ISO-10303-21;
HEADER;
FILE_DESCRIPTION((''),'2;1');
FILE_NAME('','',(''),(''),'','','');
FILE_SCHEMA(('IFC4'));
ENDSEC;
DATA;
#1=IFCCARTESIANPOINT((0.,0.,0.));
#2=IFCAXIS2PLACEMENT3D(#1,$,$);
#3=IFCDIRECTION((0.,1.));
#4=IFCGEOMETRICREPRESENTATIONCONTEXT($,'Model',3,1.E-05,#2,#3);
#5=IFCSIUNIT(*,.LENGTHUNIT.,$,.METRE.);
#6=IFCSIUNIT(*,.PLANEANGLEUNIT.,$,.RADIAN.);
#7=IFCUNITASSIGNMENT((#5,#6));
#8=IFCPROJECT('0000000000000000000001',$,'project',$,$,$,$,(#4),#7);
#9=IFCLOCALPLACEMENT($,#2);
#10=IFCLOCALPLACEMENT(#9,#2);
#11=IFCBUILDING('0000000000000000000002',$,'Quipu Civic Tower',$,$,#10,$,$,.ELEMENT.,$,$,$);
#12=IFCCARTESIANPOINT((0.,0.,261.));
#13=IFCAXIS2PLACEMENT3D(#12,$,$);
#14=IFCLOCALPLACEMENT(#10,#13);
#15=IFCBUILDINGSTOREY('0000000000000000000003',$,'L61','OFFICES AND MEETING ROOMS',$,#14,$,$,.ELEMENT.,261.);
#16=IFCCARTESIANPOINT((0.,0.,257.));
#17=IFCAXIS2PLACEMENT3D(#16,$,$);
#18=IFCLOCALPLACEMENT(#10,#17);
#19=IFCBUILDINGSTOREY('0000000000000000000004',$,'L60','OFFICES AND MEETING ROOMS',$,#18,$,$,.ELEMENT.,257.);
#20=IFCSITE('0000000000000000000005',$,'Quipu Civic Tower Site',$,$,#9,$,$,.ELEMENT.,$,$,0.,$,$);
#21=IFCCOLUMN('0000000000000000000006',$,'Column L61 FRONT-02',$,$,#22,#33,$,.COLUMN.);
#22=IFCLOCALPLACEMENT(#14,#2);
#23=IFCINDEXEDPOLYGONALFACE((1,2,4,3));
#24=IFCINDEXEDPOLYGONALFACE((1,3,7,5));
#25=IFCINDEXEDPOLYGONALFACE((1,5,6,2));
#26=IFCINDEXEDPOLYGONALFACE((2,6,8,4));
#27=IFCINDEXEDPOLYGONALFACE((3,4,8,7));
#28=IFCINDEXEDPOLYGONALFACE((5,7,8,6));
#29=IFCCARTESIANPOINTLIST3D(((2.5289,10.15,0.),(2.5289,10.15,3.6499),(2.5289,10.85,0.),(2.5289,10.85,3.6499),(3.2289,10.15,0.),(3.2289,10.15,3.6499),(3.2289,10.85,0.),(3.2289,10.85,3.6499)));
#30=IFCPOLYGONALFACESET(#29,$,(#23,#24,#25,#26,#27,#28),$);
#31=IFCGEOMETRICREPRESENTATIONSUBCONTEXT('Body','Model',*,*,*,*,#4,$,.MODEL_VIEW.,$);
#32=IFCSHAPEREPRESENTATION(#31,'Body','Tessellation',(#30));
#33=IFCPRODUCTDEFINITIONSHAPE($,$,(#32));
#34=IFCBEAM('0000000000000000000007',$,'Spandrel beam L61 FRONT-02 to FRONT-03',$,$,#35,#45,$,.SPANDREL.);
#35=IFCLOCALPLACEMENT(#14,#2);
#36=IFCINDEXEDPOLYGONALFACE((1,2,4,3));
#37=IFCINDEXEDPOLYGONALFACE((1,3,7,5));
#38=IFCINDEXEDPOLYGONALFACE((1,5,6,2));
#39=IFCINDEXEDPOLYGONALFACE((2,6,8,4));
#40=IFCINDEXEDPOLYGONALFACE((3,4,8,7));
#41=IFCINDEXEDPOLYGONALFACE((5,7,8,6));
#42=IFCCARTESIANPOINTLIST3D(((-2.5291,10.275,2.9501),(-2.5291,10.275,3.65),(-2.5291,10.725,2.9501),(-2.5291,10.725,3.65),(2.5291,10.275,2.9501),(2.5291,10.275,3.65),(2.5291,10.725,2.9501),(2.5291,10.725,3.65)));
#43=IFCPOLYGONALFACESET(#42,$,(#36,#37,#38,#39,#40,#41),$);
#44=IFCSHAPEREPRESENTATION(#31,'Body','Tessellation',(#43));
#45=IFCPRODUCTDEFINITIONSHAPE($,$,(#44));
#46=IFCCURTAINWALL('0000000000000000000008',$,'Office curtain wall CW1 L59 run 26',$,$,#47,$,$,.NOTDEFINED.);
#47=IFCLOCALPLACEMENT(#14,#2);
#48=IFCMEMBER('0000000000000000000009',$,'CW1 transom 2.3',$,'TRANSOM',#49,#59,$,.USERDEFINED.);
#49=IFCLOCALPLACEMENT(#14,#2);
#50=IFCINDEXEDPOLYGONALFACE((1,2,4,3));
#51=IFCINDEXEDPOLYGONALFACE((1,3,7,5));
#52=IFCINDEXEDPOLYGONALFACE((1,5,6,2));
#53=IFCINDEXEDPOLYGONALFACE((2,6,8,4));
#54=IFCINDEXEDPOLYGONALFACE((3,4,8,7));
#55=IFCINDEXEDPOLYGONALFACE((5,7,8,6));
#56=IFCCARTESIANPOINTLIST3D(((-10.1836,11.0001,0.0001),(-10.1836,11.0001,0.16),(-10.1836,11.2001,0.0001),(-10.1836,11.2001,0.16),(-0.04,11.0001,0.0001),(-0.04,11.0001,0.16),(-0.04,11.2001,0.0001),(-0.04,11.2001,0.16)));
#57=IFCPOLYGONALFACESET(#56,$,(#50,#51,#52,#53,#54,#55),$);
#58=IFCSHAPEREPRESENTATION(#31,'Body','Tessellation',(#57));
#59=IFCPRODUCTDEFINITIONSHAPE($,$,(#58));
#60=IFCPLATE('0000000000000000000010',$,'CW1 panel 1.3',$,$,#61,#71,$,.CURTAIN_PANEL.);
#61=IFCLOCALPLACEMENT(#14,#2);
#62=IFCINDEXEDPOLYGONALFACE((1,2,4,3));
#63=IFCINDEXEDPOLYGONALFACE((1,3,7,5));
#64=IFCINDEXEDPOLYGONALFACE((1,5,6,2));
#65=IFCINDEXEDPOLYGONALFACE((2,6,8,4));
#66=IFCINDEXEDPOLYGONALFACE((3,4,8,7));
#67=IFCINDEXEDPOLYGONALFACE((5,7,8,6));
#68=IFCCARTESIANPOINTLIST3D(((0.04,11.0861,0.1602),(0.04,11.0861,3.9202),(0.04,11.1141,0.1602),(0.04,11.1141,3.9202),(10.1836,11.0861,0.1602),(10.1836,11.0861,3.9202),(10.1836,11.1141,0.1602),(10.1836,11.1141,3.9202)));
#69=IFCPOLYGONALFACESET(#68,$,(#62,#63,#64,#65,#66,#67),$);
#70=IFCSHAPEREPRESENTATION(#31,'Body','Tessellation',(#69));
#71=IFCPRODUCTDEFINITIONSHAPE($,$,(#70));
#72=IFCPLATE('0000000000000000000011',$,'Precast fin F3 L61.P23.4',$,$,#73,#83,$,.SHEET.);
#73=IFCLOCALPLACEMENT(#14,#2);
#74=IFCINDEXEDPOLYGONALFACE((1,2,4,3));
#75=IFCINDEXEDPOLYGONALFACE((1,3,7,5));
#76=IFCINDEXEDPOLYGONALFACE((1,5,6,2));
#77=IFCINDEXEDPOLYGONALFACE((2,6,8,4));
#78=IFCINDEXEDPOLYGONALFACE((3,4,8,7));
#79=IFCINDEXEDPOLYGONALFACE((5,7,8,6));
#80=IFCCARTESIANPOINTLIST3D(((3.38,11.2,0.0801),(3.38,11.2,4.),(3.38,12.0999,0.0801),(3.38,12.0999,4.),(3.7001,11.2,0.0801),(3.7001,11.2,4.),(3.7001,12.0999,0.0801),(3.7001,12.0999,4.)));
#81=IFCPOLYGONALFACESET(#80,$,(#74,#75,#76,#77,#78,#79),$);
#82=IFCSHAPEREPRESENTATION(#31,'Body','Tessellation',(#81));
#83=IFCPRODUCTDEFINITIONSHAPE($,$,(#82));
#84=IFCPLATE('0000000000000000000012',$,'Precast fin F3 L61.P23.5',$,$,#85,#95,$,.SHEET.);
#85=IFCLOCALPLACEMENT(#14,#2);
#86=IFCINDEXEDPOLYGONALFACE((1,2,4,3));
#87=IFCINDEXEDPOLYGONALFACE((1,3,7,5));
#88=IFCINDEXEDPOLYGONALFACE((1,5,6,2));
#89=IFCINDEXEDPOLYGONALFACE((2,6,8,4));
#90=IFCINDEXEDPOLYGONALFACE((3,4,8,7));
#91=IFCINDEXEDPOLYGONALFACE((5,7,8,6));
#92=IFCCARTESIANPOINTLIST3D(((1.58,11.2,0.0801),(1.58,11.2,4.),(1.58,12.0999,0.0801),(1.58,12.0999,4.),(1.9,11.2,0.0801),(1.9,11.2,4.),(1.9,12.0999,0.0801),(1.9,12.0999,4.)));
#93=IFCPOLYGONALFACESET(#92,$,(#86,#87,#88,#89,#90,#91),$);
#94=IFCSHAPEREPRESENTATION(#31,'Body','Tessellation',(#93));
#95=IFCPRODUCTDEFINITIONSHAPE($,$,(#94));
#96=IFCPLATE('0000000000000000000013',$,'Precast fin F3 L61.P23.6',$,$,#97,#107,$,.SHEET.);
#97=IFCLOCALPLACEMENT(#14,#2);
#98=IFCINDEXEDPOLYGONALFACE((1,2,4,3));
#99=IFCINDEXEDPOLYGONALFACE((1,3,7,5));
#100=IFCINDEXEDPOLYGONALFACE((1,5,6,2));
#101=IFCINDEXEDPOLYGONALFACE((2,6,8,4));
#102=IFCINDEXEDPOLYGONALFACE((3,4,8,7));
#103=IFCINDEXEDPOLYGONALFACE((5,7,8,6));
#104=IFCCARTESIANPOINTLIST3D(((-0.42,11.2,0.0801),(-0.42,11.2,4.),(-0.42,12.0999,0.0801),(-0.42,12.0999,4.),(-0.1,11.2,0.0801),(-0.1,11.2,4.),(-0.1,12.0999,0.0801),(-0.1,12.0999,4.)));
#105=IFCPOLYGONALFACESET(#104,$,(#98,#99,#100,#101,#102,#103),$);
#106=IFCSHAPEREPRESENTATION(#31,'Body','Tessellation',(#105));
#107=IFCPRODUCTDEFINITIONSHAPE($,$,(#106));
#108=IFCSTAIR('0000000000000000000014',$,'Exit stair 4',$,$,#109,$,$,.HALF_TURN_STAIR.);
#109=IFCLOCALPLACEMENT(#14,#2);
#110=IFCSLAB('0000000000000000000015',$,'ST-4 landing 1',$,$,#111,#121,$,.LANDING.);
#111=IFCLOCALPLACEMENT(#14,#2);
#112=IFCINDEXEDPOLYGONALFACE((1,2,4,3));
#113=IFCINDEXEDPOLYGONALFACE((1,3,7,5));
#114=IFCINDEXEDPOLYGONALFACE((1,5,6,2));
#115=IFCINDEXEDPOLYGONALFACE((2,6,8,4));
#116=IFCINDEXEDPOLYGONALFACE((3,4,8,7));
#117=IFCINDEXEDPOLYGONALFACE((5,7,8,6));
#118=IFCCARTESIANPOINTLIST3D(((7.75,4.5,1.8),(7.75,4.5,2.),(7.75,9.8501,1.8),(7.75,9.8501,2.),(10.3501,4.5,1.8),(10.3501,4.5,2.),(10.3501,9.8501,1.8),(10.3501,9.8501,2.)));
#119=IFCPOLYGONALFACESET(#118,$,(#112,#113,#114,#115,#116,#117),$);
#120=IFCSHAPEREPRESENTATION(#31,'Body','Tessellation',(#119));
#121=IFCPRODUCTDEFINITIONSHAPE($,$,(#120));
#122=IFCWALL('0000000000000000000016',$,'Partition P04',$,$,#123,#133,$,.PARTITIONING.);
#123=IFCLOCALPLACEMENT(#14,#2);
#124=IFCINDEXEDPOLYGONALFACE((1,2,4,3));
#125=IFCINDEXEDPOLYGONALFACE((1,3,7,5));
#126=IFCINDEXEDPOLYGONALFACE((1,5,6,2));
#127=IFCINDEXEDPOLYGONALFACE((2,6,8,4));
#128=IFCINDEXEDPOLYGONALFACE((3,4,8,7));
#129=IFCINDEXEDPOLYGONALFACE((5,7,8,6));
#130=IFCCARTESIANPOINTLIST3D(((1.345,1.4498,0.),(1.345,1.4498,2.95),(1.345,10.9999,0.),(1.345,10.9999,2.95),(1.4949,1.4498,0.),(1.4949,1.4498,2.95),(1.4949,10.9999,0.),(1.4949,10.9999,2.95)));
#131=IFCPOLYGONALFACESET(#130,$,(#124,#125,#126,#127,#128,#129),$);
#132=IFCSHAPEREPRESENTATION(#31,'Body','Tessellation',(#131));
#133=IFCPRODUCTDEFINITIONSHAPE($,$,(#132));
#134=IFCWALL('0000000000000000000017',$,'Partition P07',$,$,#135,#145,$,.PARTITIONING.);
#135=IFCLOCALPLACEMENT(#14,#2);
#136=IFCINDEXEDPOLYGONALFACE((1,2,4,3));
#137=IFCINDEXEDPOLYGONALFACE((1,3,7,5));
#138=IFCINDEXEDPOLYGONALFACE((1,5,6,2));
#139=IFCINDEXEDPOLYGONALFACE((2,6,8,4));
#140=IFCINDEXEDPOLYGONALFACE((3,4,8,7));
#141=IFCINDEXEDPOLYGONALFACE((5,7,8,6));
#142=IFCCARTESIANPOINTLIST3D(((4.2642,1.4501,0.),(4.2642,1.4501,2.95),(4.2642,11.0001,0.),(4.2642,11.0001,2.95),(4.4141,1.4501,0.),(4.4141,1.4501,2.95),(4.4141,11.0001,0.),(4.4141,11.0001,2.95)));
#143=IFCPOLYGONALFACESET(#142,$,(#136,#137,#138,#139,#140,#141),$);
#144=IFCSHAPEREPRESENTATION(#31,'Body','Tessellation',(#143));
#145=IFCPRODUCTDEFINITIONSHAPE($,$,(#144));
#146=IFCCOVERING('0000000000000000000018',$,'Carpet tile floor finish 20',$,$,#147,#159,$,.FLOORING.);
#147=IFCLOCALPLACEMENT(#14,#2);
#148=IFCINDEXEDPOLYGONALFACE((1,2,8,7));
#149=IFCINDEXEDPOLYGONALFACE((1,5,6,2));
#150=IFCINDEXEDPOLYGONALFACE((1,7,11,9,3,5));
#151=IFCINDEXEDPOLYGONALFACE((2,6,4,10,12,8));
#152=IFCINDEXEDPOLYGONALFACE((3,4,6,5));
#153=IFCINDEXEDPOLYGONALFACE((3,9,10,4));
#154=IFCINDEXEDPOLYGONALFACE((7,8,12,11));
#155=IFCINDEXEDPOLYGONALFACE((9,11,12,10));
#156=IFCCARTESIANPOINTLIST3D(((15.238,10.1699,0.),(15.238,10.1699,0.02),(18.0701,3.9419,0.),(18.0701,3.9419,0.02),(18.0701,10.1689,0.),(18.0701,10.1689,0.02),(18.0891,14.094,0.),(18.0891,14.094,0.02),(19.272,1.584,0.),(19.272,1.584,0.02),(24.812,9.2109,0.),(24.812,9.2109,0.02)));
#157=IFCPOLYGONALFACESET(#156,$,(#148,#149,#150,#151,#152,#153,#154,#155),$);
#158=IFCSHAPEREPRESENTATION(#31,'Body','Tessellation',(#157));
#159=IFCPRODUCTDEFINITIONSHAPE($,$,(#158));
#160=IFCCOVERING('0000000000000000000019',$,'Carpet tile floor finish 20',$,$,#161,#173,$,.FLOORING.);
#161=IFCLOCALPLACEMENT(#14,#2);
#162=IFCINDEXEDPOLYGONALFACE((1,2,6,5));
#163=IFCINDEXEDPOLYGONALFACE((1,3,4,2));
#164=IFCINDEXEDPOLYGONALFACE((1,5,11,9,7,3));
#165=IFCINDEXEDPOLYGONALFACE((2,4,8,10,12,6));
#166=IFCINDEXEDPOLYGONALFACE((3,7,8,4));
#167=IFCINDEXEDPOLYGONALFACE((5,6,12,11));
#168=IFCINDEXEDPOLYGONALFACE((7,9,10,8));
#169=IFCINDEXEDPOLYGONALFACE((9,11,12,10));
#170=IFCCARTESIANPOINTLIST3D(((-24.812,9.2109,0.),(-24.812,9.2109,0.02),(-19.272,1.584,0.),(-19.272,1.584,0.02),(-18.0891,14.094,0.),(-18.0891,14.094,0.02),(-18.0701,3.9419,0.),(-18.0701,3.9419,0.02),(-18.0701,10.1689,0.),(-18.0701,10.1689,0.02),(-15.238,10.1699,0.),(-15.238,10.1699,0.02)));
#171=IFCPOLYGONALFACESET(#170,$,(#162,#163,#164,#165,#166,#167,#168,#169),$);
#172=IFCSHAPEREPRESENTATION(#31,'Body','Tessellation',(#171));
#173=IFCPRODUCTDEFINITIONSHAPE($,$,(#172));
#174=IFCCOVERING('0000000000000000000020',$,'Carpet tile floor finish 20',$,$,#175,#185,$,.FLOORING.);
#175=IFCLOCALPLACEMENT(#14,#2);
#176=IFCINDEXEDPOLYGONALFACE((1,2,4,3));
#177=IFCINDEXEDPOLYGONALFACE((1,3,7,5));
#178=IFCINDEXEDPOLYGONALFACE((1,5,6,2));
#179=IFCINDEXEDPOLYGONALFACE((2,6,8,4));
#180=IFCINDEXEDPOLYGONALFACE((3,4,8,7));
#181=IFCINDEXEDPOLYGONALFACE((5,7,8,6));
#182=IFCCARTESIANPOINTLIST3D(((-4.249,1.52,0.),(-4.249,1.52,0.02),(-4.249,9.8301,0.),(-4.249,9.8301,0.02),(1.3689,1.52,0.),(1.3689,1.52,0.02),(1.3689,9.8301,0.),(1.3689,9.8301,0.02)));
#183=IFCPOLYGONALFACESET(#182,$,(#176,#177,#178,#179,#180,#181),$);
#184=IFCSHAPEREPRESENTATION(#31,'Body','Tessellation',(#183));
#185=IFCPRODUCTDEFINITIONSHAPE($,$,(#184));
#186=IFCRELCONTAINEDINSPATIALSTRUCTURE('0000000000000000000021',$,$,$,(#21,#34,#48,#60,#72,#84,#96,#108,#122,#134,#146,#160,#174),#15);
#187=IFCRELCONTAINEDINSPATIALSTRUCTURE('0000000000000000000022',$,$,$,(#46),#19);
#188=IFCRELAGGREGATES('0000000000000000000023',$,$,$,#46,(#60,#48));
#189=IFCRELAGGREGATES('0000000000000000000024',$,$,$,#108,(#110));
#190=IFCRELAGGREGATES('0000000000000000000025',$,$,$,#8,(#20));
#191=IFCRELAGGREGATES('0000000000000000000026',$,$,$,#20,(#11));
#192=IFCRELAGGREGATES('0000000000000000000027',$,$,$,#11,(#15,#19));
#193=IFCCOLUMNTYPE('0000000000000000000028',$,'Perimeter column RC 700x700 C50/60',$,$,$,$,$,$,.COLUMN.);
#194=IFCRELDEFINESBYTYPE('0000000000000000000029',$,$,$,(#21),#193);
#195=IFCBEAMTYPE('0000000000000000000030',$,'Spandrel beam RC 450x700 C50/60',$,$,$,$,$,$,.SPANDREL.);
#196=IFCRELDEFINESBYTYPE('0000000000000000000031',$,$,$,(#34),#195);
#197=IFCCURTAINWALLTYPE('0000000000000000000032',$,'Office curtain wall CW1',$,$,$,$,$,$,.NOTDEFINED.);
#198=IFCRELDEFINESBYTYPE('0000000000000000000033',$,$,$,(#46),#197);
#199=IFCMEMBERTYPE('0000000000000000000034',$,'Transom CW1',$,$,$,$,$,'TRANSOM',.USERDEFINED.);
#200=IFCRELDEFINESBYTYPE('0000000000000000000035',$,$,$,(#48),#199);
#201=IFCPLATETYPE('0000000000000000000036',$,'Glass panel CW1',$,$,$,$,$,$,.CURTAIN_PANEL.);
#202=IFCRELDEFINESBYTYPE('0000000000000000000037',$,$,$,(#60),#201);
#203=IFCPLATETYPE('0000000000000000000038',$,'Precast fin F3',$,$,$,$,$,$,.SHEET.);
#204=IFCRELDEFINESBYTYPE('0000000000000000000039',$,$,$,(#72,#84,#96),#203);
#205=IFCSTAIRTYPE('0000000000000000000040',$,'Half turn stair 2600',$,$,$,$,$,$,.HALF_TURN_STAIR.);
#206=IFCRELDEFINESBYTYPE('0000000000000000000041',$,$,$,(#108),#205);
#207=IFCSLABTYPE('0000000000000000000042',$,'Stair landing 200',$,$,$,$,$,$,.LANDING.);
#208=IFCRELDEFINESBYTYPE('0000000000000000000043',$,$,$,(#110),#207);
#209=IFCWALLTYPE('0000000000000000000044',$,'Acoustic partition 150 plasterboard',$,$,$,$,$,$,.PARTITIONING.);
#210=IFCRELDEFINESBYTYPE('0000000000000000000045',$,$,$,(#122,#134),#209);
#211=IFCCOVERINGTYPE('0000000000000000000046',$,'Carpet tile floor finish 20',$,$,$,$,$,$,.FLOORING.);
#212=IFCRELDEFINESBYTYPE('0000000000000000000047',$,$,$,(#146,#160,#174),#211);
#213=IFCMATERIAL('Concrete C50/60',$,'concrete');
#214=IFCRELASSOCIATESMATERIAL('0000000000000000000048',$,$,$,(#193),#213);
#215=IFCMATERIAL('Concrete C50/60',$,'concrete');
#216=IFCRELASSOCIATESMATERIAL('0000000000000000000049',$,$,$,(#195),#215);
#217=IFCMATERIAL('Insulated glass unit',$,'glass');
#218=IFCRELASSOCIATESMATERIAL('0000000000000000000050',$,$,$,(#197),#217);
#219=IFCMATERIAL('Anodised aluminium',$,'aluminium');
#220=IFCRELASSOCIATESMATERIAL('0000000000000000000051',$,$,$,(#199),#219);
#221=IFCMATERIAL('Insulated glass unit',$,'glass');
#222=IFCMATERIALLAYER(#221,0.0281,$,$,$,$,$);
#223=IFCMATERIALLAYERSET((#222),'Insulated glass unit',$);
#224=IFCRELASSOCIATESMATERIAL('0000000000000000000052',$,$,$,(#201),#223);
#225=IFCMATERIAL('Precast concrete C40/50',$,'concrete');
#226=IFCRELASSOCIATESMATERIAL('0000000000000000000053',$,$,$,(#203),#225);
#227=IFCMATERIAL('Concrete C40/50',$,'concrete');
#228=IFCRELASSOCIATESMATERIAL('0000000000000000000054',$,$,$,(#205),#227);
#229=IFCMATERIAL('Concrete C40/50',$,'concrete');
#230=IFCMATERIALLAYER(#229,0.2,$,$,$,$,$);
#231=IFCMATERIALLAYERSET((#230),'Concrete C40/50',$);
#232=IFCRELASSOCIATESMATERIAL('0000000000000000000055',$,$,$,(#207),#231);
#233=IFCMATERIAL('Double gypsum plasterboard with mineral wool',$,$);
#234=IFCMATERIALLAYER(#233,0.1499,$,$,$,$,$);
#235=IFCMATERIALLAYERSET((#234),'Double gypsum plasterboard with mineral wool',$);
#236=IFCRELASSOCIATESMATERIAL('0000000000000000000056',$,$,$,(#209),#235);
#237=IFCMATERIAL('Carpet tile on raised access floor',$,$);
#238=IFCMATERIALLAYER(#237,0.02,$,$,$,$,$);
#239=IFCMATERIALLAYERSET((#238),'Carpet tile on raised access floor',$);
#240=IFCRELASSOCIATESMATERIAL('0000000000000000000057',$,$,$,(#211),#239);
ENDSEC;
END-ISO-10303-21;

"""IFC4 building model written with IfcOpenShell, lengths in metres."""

from ifc_helpers import new_model, si_unit, direction, frame, frame_2d, origin, origin_2d, place, context, subcontext, project, spatial, polyline, rectangle, outline, extrude, material, layer, layer_set, material_profile, profile_set, type_object, element, aggregate, save


model = new_model("IFC4")

# Units and contexts
model_context = context("Model", 3, precision=1e-05, world=origin(), true_north=direction((0.0, 1.0)))
body_context = subcontext(model_context, "Body", "Model", "MODEL_VIEW")
ifc_project = project(units=[si_unit("LENGTHUNIT", "METRE"), si_unit("PLANEANGLEUNIT", "RADIAN")], contexts=[model_context])

# Site, building, storey
site_placement = place(None, origin())
site = spatial("IfcSite", under=ifc_project, at=site_placement, Name="Quipu Civic Tower Site", CompositionType="ELEMENT", RefElevation=0.0)
building_placement = place(site_placement, origin())
building = spatial("IfcBuilding", under=site, at=building_placement, Name="Quipu Civic Tower", CompositionType="ELEMENT")
storey_1_placement = place(building_placement, frame((0.0, 0.0, 261.0)))
storey_1 = spatial("IfcBuildingStorey", under=building, at=storey_1_placement, Name="L61", Description="OFFICES AND MEETING ROOMS", CompositionType="ELEMENT", Elevation=261.0)

# Column
ifc_material_1 = material(Name="Concrete C50/60", Category="concrete")
ifc_material_profile_1 = material_profile(ifc_material_1, rectangle(XDim=0.7, YDim=0.7, at=origin_2d()), Name="RC700x700")
ifc_profile_set_1 = profile_set([ifc_material_profile_1], Name="Concrete C50/60")
column_type = type_object("IfcColumnType", Name="Perimeter column RC 700x700 C50/60", PredefinedType="COLUMN", material=ifc_profile_set_1)
column_placement = place(storey_1_placement, frame((2.8789, 10.5, 0.0), z_axis=(0.0, 0.0, 1.0), x_axis=(-1.0, 0.0, 0.0)))
element("IfcColumn", 1, at=column_placement, inside=storey_1, type_object=column_type, Name="Column L61 FRONT-02", PredefinedType="COLUMN", context=body_context, shape_type="SweptSolid", body=[
    extrude(rectangle(XDim=0.7, YDim=0.7, at=origin_2d()), origin(), (0.0, 0.0, 1.0), 3.6499),
])

# Beam
ifc_material_2 = material(Name="Concrete C50/60", Category="concrete")
ifc_material_profile_2 = material_profile(ifc_material_2, rectangle(XDim=0.45, YDim=0.7, at=origin_2d()), Name="RC450x700")
ifc_profile_set_2 = profile_set([ifc_material_profile_2], Name="Concrete C50/60")
beam_type = type_object("IfcBeamType", Name="Spandrel beam RC 450x700 C50/60", PredefinedType="SPANDREL", material=ifc_profile_set_2)
beam_placement = place(storey_1_placement, frame((2.5291, 10.5, 3.3), z_axis=(-1.0, 0.0, 0.0), x_axis=(0.0, -1.0, 0.0)))
element("IfcBeam", 2, at=beam_placement, inside=storey_1, type_object=beam_type, Name="Spandrel beam L61 FRONT-02 to FRONT-03", PredefinedType="SPANDREL", context=body_context, shape_type="SweptSolid", body=[
    extrude(rectangle(XDim=0.45, YDim=0.7, at=origin_2d()), origin(), (0.0, 0.0, 1.0), 5.0581),
])

# Shared definitions
storey_2_placement = place(building_placement, frame((0.0, 0.0, 257.0)))
storey_2 = spatial("IfcBuildingStorey", under=building, at=storey_2_placement, Name="L60", Description="OFFICES AND MEETING ROOMS", CompositionType="ELEMENT", Elevation=257.0)

# Curtain wall, member, plate
ifc_material_3 = material(Name="Insulated glass unit", Category="glass")
curtain_wall_type = type_object("IfcCurtainWallType", Name="Office curtain wall CW1", PredefinedType="NOTDEFINED", material=ifc_material_3)
curtain_wall_placement = place(storey_2_placement, origin())
curtain_wall = element("IfcCurtainWall", 3, at=curtain_wall_placement, inside=storey_2, type_object=curtain_wall_type, Name="Office curtain wall CW1 L59 run 26", PredefinedType="NOTDEFINED")
ifc_material_4 = material(Name="Anodised aluminium", Category="aluminium")
ifc_material_profile_3 = material_profile(ifc_material_4, rectangle(XDim=0.2, YDim=0.1599, at=origin_2d()), Name="RECT 200x160")
ifc_profile_set_3 = profile_set([ifc_material_profile_3], Name="Anodised aluminium")
member_type = type_object("IfcMemberType", Name="Transom CW1", ElementType="TRANSOM", PredefinedType="USERDEFINED", material=ifc_profile_set_3)
member_placement = place(storey_1_placement, frame((-0.04, 11.1001, 0.0801), z_axis=(-1.0, 0.0, 0.0), x_axis=(0.0, -1.0, 0.0)))
member = element("IfcMember", 4, at=member_placement, inside=storey_1, type_object=member_type, Name="CW1 transom 2.3", ObjectType="TRANSOM", PredefinedType="USERDEFINED", context=body_context, shape_type="SweptSolid", body=[
    extrude(rectangle(XDim=0.2, YDim=0.1599, at=origin_2d()), origin(), (0.0, 0.0, 1.0), 10.1436),
])
ifc_material_5 = material(Name="Insulated glass unit", Category="glass")
ifc_layer_1 = layer(ifc_material_5, 0.0281)
ifc_layer_set_1 = layer_set([ifc_layer_1], Name="Insulated glass unit")
plate_type_1 = type_object("IfcPlateType", Name="Glass panel CW1", PredefinedType="CURTAIN_PANEL", material=ifc_layer_set_1)
plate_placement = place(storey_1_placement, frame((5.1118, 11.1001, 0.1602), z_axis=(0.0, 0.0, 1.0), x_axis=(-1.0, 0.0, 0.0)))
plate = element("IfcPlate", 5, at=plate_placement, inside=storey_1, type_object=plate_type_1, Name="CW1 panel 1.3", PredefinedType="CURTAIN_PANEL", context=body_context, shape_type="SweptSolid", body=[
    extrude(rectangle(XDim=10.1436, YDim=0.0281, at=origin_2d()), origin(), (0.0, 0.0, 1.0), 3.76),
])
aggregate(curtain_wall, [plate, member])

# Plates
ifc_material_6 = material(Name="Precast concrete C40/50", Category="concrete")
plate_type_2 = type_object("IfcPlateType", Name="Precast fin F3", PredefinedType="SHEET", material=ifc_material_6)
for number, where, z_axis, x_axis, name in (
    (6, (3.54, 11.6499, 0.0801), (0.0, 0.0, 1.0), (-1.0, 0.0, 0.0), "Precast fin F3 L61.P23.4"),
    (7, (1.74, 11.6499, 0.0801), (0.0, 0.0, 1.0), (-1.0, 0.0, 0.0), "Precast fin F3 L61.P23.5"),
    (8, (-0.26, 11.6499, 0.0801), (0.0, 0.0, 1.0), (-1.0, 0.0, 0.0), "Precast fin F3 L61.P23.6"),
):
    element("IfcPlate", number, at=place(storey_1_placement, frame(where, z_axis=z_axis, x_axis=x_axis)), inside=storey_1, type_object=plate_type_2, Name=name, PredefinedType="SHEET", context=body_context, shape_type="SweptSolid", body=[
        extrude(rectangle(XDim=0.3201, YDim=0.8999, at=origin_2d()), origin(), (0.0, 0.0, 1.0), 3.9199),
    ])

# Stair, slab
ifc_material_7 = material(Name="Concrete C40/50", Category="concrete")
stair_type = type_object("IfcStairType", Name="Half turn stair 2600", PredefinedType="HALF_TURN_STAIR", material=ifc_material_7)
stair_placement = place(storey_1_placement, origin())
stair = element("IfcStair", 9, at=stair_placement, inside=storey_1, type_object=stair_type, Name="Exit stair 4", PredefinedType="HALF_TURN_STAIR")
ifc_material_8 = material(Name="Concrete C40/50", Category="concrete")
ifc_layer_2 = layer(ifc_material_8, 0.2)
ifc_layer_set_2 = layer_set([ifc_layer_2], Name="Concrete C40/50")
slab_type = type_object("IfcSlabType", Name="Stair landing 200", PredefinedType="LANDING", material=ifc_layer_set_2)
slab_placement = place(storey_1_placement, frame((0.0, 0.0, 1.8)))
slab = element("IfcSlab", 10, at=slab_placement, type_object=slab_type, Name="ST-4 landing 1", PredefinedType="LANDING", context=body_context, shape_type="SweptSolid", body=[
    extrude(outline(polyline([(10.3501, 9.8501), (7.75, 9.8501), (7.75, 4.5), (10.3501, 4.5), (10.3501, 9.8501)])), origin(), (0.0, 0.0, 1.0), 0.2),
])
aggregate(stair, [slab])

# Walls
ifc_material_9 = material(Name="Double gypsum plasterboard with mineral wool")
ifc_layer_3 = layer(ifc_material_9, 0.1499)
ifc_layer_set_3 = layer_set([ifc_layer_3], Name="Double gypsum plasterboard with mineral wool")
wall_type = type_object("IfcWallType", Name="Acoustic partition 150 plasterboard", PredefinedType="PARTITIONING", material=ifc_layer_set_3)
for number, where, z_axis, x_axis, name in (
    (11, (1.4199, 1.45, 0.0), (0.0, 0.0, 1.0), (0.0, 1.0, 0.0), "Partition P04"),
    (12, (4.3391, 11.0, 0.0), (0.0, 0.0, 1.0), (0.0, -1.0, 0.0), "Partition P07"),
):
    element("IfcWall", number, at=place(storey_1_placement, frame(where, z_axis=z_axis, x_axis=x_axis)), inside=storey_1, type_object=wall_type, Name=name, PredefinedType="PARTITIONING", context=body_context, shape_type="SweptSolid", body=[
        extrude(rectangle(XDim=9.55, YDim=0.1499, at=frame_2d((4.7749, 0.0))), origin(), (0.0, 0.0, 1.0), 2.95),
    ])

# Coverings
ifc_material_10 = material(Name="Carpet tile on raised access floor")
ifc_layer_4 = layer(ifc_material_10, 0.02)
ifc_layer_set_4 = layer_set([ifc_layer_4], Name="Carpet tile on raised access floor")
covering_type_1 = type_object("IfcCoveringType", Name="Carpet tile floor finish 20", PredefinedType="FLOORING", material=ifc_layer_set_4)
covering_1_placement = place(storey_1_placement, origin())
element("IfcCovering", 13, at=covering_1_placement, inside=storey_1, type_object=covering_type_1, Name="Carpet tile floor finish 20", PredefinedType="FLOORING", context=body_context, shape_type="SweptSolid", body=[
    extrude(outline(polyline([(15.238, 10.1699), (18.0891, 14.094), (24.812, 9.2109), (19.272, 1.584), (18.0701, 3.9419), (18.0701, 10.1689), (15.238, 10.1699)])), origin(), (0.0, 0.0, 1.0), 0.02),
])
covering_2_placement = place(storey_1_placement, origin())
element("IfcCovering", 14, at=covering_2_placement, inside=storey_1, type_object=covering_type_1, Name="Carpet tile floor finish 20", PredefinedType="FLOORING", context=body_context, shape_type="SweptSolid", body=[
    extrude(outline(polyline([(-24.812, 9.2109), (-18.0891, 14.094), (-15.238, 10.1699), (-18.0701, 10.1689), (-18.0701, 3.9419), (-19.272, 1.584), (-24.812, 9.2109)])), origin(), (0.0, 0.0, 1.0), 0.02),
])
covering_3_placement = place(storey_1_placement, origin())
element("IfcCovering", 15, at=covering_3_placement, inside=storey_1, type_object=covering_type_1, Name="Carpet tile floor finish 20", PredefinedType="FLOORING", context=body_context, shape_type="SweptSolid", body=[
    extrude(outline(polyline([(-4.249, 9.8301), (1.3689, 9.8301), (1.3689, 1.52), (-4.249, 1.52), (-4.249, 9.8301)])), origin(), (0.0, 0.0, 1.0), 0.02),
])

save(model, "model.ifc")
